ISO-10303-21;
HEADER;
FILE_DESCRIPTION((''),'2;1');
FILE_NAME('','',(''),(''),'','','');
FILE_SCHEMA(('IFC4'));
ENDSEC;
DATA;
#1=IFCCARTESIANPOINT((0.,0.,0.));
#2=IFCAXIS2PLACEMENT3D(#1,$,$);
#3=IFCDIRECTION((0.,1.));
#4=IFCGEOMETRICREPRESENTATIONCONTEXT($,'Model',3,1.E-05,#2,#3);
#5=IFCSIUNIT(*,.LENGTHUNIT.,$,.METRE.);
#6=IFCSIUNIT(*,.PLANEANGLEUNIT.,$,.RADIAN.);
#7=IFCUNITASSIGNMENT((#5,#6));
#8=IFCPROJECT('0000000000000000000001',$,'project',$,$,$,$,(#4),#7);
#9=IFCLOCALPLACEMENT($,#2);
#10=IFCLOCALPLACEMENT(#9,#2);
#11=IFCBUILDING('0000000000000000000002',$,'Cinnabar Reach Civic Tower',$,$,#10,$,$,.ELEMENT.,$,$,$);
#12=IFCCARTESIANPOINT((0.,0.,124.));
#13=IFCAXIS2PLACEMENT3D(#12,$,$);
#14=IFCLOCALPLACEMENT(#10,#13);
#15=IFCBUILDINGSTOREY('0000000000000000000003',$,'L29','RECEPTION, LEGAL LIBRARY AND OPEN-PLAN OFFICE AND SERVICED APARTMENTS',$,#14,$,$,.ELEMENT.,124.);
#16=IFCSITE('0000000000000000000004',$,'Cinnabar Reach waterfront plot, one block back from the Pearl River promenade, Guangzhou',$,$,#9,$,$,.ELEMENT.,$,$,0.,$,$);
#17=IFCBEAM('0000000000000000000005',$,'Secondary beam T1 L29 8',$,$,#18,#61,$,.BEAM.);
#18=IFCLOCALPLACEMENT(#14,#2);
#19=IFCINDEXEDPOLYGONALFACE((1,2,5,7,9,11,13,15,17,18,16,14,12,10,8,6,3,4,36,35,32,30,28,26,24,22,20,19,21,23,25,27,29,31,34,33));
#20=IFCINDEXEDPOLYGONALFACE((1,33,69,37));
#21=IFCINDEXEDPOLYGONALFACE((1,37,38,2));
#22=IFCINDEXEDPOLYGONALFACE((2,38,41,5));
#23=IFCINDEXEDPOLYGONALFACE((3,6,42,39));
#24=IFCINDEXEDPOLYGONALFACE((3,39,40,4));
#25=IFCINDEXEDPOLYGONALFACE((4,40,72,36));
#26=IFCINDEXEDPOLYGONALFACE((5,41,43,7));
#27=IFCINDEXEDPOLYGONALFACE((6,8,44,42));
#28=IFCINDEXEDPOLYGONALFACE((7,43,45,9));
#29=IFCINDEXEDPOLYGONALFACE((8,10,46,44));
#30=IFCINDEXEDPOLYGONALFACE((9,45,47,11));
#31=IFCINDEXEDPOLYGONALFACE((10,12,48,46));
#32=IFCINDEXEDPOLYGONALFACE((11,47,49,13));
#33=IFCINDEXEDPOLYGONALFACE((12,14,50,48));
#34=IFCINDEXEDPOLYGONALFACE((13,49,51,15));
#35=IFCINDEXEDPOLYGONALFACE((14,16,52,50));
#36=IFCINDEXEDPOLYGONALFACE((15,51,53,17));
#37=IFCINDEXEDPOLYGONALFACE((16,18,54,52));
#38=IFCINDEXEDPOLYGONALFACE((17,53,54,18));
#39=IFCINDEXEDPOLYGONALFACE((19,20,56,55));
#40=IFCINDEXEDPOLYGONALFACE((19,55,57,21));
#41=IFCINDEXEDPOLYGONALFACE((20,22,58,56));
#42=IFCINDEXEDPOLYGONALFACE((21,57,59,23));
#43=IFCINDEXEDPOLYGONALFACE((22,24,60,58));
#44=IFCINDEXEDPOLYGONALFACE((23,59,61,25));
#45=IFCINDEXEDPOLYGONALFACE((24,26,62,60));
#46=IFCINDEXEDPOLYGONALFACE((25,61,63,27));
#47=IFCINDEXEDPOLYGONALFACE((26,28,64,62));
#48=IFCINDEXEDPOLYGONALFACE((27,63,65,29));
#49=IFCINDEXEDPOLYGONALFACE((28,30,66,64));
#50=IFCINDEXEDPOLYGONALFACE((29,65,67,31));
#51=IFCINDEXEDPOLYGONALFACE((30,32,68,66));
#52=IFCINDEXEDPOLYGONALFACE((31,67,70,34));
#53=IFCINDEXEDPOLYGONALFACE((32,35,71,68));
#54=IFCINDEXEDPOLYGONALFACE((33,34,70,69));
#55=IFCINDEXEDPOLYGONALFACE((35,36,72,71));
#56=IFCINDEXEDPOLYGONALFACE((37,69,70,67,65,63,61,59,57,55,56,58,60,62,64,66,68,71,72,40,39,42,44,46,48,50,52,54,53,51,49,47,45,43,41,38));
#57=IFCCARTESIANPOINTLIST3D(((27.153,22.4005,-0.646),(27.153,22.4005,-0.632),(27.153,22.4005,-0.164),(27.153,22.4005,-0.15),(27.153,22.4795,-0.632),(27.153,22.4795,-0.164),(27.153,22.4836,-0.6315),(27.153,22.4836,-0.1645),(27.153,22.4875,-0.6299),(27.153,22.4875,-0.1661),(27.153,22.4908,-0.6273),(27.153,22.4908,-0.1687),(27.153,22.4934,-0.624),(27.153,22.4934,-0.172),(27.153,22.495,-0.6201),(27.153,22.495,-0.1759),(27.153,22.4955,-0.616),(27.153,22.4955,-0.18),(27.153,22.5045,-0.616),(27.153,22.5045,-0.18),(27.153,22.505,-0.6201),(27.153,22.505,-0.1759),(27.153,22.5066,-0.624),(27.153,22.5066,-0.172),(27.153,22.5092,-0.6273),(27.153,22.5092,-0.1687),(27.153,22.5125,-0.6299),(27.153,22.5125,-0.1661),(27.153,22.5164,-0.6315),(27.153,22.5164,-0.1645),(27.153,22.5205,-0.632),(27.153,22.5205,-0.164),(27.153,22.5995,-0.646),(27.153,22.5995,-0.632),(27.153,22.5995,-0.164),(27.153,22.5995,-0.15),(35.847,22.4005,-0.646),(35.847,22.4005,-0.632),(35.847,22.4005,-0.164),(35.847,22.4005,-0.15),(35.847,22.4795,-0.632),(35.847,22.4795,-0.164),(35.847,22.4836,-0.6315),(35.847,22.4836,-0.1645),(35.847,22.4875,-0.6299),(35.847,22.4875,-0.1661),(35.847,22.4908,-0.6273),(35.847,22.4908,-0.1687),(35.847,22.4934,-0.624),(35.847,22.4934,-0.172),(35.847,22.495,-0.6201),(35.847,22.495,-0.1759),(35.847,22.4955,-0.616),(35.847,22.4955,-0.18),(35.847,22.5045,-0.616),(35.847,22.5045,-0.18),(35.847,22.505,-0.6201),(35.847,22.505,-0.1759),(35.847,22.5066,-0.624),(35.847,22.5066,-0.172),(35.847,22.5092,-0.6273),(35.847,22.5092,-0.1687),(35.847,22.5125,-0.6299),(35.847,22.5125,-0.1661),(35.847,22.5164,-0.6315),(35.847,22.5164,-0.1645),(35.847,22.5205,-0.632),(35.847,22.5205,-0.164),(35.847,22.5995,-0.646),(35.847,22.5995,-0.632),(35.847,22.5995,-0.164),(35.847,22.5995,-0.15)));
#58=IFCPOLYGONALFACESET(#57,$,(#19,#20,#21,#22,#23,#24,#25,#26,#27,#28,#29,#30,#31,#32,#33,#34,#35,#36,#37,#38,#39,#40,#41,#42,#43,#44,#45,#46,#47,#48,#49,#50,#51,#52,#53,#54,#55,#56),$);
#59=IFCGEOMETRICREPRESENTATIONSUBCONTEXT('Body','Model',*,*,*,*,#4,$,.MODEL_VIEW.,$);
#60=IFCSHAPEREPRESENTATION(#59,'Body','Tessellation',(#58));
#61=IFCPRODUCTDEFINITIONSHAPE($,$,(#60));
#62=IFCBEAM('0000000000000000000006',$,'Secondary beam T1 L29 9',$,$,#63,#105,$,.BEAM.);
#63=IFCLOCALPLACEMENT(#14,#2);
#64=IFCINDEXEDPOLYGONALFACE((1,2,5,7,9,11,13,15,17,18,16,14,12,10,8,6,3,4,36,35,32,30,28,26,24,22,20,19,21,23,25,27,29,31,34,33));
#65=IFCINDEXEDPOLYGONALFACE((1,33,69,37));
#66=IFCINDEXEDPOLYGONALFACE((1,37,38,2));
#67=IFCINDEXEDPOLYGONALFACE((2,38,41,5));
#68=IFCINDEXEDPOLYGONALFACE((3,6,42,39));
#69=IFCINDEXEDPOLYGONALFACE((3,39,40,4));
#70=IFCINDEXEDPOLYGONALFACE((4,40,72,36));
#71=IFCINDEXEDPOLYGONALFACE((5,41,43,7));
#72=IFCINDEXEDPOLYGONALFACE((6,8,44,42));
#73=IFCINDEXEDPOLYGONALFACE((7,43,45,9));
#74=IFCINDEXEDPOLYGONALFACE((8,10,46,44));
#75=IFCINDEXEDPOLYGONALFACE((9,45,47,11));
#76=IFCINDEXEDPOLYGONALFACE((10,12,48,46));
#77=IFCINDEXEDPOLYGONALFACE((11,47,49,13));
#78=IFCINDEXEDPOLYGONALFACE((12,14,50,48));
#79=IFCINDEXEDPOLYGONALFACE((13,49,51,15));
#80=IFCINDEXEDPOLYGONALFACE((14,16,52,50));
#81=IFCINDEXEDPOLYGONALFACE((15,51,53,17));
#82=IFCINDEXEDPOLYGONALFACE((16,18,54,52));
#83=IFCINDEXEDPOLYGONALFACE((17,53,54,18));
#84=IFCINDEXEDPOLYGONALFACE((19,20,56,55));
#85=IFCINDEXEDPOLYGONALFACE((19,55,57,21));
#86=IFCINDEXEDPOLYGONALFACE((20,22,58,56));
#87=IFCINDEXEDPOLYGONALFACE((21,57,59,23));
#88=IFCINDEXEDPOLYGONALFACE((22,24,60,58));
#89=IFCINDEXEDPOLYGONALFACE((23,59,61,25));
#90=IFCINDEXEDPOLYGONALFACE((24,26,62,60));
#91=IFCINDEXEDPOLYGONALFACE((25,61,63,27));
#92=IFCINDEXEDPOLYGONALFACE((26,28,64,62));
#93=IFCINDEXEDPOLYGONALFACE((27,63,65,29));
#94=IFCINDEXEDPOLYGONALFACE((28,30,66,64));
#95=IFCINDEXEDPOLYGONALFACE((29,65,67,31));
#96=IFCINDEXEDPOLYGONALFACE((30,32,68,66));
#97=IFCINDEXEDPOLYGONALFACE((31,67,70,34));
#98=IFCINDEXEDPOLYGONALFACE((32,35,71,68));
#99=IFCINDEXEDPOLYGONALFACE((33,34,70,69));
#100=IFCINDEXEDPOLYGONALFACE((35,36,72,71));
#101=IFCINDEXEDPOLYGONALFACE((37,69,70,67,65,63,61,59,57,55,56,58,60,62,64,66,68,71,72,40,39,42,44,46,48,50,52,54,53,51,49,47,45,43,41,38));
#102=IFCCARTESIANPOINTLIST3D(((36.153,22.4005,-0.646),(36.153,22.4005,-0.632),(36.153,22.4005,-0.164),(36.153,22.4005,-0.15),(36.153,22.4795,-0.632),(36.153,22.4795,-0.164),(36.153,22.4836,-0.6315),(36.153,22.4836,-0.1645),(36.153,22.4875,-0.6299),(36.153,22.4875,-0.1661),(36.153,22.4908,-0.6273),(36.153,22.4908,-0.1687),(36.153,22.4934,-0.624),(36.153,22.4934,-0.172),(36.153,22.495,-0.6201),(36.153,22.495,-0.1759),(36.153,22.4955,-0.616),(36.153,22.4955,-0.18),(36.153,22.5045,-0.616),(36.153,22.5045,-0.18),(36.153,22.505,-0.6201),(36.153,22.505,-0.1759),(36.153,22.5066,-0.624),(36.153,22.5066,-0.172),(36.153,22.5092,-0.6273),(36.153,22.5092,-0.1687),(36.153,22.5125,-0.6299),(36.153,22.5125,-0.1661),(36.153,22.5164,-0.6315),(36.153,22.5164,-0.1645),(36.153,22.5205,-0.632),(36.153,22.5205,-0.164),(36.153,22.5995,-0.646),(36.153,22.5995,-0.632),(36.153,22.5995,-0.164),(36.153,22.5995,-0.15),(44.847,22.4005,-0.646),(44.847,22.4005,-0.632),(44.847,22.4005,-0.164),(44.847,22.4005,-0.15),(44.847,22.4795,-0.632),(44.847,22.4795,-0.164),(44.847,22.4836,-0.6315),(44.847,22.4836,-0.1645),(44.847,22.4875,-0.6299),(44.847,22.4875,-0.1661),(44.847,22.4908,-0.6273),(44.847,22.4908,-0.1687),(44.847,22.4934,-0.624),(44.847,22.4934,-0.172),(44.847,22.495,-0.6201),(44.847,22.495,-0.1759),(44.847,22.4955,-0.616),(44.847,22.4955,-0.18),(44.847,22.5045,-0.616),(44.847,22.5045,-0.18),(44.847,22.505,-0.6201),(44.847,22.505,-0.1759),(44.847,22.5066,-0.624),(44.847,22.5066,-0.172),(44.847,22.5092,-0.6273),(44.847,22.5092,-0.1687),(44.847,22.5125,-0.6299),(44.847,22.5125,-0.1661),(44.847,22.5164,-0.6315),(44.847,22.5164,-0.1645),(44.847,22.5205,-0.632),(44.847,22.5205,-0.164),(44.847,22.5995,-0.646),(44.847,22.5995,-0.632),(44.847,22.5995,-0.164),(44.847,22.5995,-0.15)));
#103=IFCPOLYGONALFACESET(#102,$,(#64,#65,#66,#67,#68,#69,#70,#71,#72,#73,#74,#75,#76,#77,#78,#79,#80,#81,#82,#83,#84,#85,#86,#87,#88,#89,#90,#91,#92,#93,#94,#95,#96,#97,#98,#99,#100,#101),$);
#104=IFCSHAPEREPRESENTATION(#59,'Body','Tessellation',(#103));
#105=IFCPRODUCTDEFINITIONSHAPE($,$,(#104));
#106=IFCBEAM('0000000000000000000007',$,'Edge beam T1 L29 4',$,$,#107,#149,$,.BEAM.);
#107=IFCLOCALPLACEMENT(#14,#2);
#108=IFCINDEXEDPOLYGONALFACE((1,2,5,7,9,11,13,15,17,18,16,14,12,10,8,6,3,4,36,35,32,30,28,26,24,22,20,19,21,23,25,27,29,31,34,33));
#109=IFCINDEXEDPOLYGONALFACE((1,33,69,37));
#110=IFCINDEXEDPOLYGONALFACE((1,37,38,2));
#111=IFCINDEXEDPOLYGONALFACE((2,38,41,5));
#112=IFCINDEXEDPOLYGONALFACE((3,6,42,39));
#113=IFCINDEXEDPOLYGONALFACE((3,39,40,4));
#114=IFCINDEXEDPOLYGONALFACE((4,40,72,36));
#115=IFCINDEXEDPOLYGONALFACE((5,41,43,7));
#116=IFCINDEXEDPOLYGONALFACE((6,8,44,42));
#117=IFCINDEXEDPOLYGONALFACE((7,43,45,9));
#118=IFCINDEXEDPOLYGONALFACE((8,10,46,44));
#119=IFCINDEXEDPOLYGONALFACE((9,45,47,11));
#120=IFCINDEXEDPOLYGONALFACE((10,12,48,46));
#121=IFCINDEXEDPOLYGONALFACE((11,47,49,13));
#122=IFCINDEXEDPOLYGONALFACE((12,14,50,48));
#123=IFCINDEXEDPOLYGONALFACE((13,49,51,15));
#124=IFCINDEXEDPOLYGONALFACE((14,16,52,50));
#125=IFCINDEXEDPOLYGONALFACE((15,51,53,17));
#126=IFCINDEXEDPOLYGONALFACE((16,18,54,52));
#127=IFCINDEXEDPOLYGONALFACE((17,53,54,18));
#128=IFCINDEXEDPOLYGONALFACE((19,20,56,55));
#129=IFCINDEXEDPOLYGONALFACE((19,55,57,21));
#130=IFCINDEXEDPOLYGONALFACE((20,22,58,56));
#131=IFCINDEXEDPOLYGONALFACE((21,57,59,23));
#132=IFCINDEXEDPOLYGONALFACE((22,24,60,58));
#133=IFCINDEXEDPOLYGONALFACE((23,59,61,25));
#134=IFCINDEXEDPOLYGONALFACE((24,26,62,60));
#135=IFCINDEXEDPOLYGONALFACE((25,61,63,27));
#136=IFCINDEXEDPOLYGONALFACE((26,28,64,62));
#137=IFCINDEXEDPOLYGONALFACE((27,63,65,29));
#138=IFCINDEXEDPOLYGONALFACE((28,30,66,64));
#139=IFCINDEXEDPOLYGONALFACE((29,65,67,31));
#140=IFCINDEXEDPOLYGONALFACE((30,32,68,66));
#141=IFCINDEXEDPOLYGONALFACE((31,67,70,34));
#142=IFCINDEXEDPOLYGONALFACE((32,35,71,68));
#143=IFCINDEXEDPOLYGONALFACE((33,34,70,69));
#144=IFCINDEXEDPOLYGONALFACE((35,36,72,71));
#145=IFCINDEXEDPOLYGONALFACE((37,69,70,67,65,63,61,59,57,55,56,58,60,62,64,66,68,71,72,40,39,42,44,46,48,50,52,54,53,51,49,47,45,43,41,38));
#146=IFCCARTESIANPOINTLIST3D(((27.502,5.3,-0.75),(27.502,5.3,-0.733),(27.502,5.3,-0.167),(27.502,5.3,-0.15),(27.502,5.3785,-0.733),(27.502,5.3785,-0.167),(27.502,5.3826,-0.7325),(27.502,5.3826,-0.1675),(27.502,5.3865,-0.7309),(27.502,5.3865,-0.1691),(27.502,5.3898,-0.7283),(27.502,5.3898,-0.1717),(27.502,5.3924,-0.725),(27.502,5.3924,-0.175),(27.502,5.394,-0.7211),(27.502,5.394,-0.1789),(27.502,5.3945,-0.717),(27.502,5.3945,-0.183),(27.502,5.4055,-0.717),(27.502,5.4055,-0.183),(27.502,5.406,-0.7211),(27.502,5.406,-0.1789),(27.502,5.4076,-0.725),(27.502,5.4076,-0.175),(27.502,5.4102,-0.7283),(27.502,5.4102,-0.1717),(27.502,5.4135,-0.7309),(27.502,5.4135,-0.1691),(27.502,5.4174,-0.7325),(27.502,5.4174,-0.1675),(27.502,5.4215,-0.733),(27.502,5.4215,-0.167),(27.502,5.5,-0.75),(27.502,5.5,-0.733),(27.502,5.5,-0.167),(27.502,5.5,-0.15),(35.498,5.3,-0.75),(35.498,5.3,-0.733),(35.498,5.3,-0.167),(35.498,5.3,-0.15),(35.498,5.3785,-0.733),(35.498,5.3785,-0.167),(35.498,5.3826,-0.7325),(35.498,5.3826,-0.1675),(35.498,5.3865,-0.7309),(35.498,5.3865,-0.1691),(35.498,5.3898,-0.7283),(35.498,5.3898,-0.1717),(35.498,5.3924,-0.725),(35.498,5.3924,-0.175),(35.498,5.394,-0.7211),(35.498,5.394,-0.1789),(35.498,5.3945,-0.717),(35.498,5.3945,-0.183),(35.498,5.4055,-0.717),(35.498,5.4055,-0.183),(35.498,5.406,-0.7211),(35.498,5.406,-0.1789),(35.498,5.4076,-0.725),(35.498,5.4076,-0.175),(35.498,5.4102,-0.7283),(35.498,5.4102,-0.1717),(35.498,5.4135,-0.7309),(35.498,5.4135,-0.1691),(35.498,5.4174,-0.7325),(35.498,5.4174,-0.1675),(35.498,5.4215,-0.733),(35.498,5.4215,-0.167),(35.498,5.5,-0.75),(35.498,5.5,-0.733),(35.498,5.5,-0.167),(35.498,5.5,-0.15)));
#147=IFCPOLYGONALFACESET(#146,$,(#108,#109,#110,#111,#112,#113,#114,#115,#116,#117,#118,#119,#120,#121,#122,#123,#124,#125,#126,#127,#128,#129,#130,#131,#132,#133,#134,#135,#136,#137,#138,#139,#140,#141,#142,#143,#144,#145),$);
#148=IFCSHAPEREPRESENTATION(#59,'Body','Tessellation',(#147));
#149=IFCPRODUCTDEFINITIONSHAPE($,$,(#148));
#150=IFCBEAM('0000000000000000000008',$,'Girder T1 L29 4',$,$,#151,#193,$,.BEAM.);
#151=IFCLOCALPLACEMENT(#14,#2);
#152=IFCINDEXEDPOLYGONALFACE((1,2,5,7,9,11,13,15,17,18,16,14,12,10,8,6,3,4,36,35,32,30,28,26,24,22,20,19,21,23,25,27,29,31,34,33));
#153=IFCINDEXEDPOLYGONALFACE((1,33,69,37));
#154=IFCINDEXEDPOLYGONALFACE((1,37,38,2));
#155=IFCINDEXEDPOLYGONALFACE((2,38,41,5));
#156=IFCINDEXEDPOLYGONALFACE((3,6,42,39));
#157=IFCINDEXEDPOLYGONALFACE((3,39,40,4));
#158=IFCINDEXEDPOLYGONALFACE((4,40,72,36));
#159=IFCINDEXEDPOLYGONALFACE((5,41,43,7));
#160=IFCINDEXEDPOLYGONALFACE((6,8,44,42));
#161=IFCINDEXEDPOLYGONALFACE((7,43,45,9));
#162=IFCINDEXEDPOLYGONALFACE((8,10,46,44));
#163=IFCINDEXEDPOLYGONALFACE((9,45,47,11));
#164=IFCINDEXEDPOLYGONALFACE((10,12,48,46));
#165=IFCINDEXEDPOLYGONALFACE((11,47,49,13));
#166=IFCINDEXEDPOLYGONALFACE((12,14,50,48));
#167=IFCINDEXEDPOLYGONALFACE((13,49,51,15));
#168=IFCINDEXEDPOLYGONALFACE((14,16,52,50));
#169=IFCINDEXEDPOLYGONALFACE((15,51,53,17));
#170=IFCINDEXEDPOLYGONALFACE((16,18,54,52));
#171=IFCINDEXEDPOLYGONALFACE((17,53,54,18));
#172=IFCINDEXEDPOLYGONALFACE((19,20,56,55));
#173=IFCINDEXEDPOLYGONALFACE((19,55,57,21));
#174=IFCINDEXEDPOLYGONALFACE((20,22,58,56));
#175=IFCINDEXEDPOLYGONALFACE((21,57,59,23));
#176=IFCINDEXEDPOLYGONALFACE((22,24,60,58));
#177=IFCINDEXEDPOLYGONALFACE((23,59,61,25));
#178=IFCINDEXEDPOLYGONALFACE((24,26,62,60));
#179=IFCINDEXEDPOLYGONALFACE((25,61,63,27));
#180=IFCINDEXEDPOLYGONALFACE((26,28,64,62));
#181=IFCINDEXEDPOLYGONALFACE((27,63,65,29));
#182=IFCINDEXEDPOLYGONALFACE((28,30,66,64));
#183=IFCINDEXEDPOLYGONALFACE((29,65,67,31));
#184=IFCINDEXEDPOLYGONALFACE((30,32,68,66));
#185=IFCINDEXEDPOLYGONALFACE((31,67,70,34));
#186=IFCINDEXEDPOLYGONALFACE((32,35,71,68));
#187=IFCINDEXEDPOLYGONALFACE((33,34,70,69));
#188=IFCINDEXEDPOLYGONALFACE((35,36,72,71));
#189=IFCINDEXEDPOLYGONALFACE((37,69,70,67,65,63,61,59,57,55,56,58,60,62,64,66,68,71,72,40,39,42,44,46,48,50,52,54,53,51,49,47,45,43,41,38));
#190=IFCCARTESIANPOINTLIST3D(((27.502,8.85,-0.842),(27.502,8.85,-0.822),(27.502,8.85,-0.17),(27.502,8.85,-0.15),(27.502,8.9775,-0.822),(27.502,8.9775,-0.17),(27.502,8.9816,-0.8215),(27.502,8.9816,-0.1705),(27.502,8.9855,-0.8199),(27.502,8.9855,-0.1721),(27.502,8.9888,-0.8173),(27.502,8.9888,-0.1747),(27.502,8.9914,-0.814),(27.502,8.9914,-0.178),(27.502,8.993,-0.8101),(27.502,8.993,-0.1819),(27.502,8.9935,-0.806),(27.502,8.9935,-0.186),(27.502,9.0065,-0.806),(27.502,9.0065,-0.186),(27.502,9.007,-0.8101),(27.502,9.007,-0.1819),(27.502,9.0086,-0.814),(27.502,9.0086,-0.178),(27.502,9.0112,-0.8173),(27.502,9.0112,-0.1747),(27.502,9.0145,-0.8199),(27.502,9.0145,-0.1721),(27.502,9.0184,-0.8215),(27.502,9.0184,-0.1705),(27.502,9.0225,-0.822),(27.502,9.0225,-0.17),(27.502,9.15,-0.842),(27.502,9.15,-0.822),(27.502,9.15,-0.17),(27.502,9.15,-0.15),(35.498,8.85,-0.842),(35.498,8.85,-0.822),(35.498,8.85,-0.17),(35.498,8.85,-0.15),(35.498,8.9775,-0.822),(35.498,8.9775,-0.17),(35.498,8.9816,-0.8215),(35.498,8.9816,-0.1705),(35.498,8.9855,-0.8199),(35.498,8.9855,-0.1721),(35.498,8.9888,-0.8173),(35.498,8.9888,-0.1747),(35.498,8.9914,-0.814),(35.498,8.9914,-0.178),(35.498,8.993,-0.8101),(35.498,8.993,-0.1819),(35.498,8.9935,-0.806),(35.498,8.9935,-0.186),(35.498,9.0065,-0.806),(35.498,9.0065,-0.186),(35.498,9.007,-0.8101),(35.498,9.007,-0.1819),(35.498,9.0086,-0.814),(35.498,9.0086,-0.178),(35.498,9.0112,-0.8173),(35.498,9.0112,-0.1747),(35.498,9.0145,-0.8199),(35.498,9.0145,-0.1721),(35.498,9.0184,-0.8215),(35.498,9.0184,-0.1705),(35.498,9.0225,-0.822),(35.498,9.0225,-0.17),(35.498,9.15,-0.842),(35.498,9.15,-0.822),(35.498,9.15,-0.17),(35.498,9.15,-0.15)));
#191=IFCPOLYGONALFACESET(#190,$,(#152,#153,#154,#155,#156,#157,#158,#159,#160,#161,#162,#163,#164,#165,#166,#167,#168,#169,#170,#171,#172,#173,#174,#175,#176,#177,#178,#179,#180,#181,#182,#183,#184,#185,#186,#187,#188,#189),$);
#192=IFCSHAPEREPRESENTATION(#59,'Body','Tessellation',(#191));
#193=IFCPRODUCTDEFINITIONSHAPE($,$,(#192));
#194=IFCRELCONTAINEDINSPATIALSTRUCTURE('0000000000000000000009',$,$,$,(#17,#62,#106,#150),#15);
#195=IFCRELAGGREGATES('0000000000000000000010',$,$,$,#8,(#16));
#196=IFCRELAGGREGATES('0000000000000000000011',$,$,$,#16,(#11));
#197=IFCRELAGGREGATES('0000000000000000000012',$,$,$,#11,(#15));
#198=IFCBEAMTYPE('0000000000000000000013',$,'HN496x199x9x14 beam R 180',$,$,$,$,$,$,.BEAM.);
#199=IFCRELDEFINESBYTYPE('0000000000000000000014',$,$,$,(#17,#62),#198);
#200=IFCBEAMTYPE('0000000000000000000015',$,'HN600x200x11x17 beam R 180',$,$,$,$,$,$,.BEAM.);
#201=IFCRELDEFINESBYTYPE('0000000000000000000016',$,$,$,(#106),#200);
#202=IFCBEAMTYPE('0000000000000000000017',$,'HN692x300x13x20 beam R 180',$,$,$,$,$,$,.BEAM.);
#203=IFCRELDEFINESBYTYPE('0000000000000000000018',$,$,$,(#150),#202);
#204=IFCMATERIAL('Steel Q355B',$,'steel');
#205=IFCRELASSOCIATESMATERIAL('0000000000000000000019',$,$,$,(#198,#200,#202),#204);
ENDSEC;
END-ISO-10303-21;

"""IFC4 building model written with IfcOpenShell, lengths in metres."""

from ifc_helpers import new_model, si_unit, direction, frame, origin, origin_2d, place, context, subcontext, project, spatial, i_section, extrude, material, material_profile, profile_set, type_object, element, save


model = new_model("IFC4")

# Units and contexts
model_context = context("Model", 3, precision=1e-05, world=origin(), true_north=direction((0.0, 1.0)))
body_context = subcontext(model_context, "Body", "Model", "MODEL_VIEW")
ifc_project = project(units=[si_unit("LENGTHUNIT", "METRE"), si_unit("PLANEANGLEUNIT", "RADIAN")], contexts=[model_context])

# Site, building, storey
site_placement = place(None, origin())
site = spatial("IfcSite", under=ifc_project, at=site_placement, Name="Cinnabar Reach waterfront plot, one block back from the Pearl River promenade, Guangzhou", CompositionType="ELEMENT", RefElevation=0.0)
building_placement = place(site_placement, origin())
building = spatial("IfcBuilding", under=site, at=building_placement, Name="Cinnabar Reach Civic Tower", CompositionType="ELEMENT")
storey_placement = place(building_placement, frame((0.0, 0.0, 124.0)))
storey = spatial("IfcBuildingStorey", under=building, at=storey_placement, Name="L29", Description="RECEPTION, LEGAL LIBRARY AND OPEN-PLAN OFFICE AND SERVICED APARTMENTS", CompositionType="ELEMENT", Elevation=124.0)

# Beams
ifc_material_1 = material(Name="Steel Q355B", Category="steel")
ifc_material_profile_1 = material_profile(ifc_material_1, i_section(OverallWidth=0.199, OverallDepth=0.496, WebThickness=0.009, FlangeThickness=0.014, FilletRadius=0.016, at=origin_2d()), Name="HN496x199x9x14")
ifc_profile_set_1 = profile_set([ifc_material_profile_1], Name="Steel Q355B")
beam_type_1 = type_object("IfcBeamType", Name="HN496x199x9x14 beam R 180", PredefinedType="BEAM", material=ifc_profile_set_1)
for number, where, z_axis, x_axis, name in (
    (1, (27.153, 22.5, -0.398), (1.0, 0.0, 0.0), (0.0, 1.0, 0.0), "Secondary beam T1 L29 8"),
    (2, (36.153, 22.5, -0.398), (1.0, 0.0, 0.0), (0.0, 1.0, 0.0), "Secondary beam T1 L29 9"),
):
    element("IfcBeam", number, at=place(storey_placement, frame(where, z_axis=z_axis, x_axis=x_axis)), inside=storey, type_object=beam_type_1, Name=name, PredefinedType="BEAM", context=body_context, shape_type="SweptSolid", body=[
        extrude(i_section(OverallWidth=0.199, OverallDepth=0.496, WebThickness=0.009, FlangeThickness=0.014, FilletRadius=0.016, at=origin_2d()), origin(), (0.0, 0.0, 1.0), 8.694),
    ])
ifc_material_profile_2 = material_profile(ifc_material_1, i_section(OverallWidth=0.2, OverallDepth=0.6, WebThickness=0.011, FlangeThickness=0.017, FilletRadius=0.016, at=origin_2d()), Name="HN600x200x11x17")
ifc_profile_set_2 = profile_set([ifc_material_profile_2], Name="Steel Q355B")
beam_type_2 = type_object("IfcBeamType", Name="HN600x200x11x17 beam R 180", PredefinedType="BEAM", material=ifc_profile_set_2)
beam_1_placement = place(storey_placement, frame((27.502, 5.4, -0.45), z_axis=(1.0, 0.0, 0.0), x_axis=(0.0, 1.0, 0.0)))
element("IfcBeam", 3, at=beam_1_placement, inside=storey, type_object=beam_type_2, Name="Edge beam T1 L29 4", PredefinedType="BEAM", context=body_context, shape_type="SweptSolid", body=[
    extrude(i_section(OverallWidth=0.2, OverallDepth=0.6, WebThickness=0.011, FlangeThickness=0.017, FilletRadius=0.016, at=origin_2d()), origin(), (0.0, 0.0, 1.0), 7.996),
])
ifc_material_profile_3 = material_profile(ifc_material_1, i_section(OverallWidth=0.3, OverallDepth=0.692, WebThickness=0.013, FlangeThickness=0.02, FilletRadius=0.016, at=origin_2d()), Name="HN692x300x13x20")
ifc_profile_set_3 = profile_set([ifc_material_profile_3], Name="Steel Q355B")
beam_type_3 = type_object("IfcBeamType", Name="HN692x300x13x20 beam R 180", PredefinedType="BEAM", material=ifc_profile_set_3)
for number, where, z_axis, x_axis, name in (
    (4, (27.502, 9.0, -0.496), (1.0, 0.0, 0.0), (0.0, 1.0, 0.0), "Girder T1 L29 4"),
):
    element("IfcBeam", number, at=place(storey_placement, frame(where, z_axis=z_axis, x_axis=x_axis)), inside=storey, type_object=beam_type_3, Name=name, PredefinedType="BEAM", context=body_context, shape_type="SweptSolid", body=[
        extrude(i_section(OverallWidth=0.3, OverallDepth=0.692, WebThickness=0.013, FlangeThickness=0.02, FilletRadius=0.016, at=origin_2d()), origin(), (0.0, 0.0, 1.0), 7.996),
    ])

save(model, "model.ifc")
